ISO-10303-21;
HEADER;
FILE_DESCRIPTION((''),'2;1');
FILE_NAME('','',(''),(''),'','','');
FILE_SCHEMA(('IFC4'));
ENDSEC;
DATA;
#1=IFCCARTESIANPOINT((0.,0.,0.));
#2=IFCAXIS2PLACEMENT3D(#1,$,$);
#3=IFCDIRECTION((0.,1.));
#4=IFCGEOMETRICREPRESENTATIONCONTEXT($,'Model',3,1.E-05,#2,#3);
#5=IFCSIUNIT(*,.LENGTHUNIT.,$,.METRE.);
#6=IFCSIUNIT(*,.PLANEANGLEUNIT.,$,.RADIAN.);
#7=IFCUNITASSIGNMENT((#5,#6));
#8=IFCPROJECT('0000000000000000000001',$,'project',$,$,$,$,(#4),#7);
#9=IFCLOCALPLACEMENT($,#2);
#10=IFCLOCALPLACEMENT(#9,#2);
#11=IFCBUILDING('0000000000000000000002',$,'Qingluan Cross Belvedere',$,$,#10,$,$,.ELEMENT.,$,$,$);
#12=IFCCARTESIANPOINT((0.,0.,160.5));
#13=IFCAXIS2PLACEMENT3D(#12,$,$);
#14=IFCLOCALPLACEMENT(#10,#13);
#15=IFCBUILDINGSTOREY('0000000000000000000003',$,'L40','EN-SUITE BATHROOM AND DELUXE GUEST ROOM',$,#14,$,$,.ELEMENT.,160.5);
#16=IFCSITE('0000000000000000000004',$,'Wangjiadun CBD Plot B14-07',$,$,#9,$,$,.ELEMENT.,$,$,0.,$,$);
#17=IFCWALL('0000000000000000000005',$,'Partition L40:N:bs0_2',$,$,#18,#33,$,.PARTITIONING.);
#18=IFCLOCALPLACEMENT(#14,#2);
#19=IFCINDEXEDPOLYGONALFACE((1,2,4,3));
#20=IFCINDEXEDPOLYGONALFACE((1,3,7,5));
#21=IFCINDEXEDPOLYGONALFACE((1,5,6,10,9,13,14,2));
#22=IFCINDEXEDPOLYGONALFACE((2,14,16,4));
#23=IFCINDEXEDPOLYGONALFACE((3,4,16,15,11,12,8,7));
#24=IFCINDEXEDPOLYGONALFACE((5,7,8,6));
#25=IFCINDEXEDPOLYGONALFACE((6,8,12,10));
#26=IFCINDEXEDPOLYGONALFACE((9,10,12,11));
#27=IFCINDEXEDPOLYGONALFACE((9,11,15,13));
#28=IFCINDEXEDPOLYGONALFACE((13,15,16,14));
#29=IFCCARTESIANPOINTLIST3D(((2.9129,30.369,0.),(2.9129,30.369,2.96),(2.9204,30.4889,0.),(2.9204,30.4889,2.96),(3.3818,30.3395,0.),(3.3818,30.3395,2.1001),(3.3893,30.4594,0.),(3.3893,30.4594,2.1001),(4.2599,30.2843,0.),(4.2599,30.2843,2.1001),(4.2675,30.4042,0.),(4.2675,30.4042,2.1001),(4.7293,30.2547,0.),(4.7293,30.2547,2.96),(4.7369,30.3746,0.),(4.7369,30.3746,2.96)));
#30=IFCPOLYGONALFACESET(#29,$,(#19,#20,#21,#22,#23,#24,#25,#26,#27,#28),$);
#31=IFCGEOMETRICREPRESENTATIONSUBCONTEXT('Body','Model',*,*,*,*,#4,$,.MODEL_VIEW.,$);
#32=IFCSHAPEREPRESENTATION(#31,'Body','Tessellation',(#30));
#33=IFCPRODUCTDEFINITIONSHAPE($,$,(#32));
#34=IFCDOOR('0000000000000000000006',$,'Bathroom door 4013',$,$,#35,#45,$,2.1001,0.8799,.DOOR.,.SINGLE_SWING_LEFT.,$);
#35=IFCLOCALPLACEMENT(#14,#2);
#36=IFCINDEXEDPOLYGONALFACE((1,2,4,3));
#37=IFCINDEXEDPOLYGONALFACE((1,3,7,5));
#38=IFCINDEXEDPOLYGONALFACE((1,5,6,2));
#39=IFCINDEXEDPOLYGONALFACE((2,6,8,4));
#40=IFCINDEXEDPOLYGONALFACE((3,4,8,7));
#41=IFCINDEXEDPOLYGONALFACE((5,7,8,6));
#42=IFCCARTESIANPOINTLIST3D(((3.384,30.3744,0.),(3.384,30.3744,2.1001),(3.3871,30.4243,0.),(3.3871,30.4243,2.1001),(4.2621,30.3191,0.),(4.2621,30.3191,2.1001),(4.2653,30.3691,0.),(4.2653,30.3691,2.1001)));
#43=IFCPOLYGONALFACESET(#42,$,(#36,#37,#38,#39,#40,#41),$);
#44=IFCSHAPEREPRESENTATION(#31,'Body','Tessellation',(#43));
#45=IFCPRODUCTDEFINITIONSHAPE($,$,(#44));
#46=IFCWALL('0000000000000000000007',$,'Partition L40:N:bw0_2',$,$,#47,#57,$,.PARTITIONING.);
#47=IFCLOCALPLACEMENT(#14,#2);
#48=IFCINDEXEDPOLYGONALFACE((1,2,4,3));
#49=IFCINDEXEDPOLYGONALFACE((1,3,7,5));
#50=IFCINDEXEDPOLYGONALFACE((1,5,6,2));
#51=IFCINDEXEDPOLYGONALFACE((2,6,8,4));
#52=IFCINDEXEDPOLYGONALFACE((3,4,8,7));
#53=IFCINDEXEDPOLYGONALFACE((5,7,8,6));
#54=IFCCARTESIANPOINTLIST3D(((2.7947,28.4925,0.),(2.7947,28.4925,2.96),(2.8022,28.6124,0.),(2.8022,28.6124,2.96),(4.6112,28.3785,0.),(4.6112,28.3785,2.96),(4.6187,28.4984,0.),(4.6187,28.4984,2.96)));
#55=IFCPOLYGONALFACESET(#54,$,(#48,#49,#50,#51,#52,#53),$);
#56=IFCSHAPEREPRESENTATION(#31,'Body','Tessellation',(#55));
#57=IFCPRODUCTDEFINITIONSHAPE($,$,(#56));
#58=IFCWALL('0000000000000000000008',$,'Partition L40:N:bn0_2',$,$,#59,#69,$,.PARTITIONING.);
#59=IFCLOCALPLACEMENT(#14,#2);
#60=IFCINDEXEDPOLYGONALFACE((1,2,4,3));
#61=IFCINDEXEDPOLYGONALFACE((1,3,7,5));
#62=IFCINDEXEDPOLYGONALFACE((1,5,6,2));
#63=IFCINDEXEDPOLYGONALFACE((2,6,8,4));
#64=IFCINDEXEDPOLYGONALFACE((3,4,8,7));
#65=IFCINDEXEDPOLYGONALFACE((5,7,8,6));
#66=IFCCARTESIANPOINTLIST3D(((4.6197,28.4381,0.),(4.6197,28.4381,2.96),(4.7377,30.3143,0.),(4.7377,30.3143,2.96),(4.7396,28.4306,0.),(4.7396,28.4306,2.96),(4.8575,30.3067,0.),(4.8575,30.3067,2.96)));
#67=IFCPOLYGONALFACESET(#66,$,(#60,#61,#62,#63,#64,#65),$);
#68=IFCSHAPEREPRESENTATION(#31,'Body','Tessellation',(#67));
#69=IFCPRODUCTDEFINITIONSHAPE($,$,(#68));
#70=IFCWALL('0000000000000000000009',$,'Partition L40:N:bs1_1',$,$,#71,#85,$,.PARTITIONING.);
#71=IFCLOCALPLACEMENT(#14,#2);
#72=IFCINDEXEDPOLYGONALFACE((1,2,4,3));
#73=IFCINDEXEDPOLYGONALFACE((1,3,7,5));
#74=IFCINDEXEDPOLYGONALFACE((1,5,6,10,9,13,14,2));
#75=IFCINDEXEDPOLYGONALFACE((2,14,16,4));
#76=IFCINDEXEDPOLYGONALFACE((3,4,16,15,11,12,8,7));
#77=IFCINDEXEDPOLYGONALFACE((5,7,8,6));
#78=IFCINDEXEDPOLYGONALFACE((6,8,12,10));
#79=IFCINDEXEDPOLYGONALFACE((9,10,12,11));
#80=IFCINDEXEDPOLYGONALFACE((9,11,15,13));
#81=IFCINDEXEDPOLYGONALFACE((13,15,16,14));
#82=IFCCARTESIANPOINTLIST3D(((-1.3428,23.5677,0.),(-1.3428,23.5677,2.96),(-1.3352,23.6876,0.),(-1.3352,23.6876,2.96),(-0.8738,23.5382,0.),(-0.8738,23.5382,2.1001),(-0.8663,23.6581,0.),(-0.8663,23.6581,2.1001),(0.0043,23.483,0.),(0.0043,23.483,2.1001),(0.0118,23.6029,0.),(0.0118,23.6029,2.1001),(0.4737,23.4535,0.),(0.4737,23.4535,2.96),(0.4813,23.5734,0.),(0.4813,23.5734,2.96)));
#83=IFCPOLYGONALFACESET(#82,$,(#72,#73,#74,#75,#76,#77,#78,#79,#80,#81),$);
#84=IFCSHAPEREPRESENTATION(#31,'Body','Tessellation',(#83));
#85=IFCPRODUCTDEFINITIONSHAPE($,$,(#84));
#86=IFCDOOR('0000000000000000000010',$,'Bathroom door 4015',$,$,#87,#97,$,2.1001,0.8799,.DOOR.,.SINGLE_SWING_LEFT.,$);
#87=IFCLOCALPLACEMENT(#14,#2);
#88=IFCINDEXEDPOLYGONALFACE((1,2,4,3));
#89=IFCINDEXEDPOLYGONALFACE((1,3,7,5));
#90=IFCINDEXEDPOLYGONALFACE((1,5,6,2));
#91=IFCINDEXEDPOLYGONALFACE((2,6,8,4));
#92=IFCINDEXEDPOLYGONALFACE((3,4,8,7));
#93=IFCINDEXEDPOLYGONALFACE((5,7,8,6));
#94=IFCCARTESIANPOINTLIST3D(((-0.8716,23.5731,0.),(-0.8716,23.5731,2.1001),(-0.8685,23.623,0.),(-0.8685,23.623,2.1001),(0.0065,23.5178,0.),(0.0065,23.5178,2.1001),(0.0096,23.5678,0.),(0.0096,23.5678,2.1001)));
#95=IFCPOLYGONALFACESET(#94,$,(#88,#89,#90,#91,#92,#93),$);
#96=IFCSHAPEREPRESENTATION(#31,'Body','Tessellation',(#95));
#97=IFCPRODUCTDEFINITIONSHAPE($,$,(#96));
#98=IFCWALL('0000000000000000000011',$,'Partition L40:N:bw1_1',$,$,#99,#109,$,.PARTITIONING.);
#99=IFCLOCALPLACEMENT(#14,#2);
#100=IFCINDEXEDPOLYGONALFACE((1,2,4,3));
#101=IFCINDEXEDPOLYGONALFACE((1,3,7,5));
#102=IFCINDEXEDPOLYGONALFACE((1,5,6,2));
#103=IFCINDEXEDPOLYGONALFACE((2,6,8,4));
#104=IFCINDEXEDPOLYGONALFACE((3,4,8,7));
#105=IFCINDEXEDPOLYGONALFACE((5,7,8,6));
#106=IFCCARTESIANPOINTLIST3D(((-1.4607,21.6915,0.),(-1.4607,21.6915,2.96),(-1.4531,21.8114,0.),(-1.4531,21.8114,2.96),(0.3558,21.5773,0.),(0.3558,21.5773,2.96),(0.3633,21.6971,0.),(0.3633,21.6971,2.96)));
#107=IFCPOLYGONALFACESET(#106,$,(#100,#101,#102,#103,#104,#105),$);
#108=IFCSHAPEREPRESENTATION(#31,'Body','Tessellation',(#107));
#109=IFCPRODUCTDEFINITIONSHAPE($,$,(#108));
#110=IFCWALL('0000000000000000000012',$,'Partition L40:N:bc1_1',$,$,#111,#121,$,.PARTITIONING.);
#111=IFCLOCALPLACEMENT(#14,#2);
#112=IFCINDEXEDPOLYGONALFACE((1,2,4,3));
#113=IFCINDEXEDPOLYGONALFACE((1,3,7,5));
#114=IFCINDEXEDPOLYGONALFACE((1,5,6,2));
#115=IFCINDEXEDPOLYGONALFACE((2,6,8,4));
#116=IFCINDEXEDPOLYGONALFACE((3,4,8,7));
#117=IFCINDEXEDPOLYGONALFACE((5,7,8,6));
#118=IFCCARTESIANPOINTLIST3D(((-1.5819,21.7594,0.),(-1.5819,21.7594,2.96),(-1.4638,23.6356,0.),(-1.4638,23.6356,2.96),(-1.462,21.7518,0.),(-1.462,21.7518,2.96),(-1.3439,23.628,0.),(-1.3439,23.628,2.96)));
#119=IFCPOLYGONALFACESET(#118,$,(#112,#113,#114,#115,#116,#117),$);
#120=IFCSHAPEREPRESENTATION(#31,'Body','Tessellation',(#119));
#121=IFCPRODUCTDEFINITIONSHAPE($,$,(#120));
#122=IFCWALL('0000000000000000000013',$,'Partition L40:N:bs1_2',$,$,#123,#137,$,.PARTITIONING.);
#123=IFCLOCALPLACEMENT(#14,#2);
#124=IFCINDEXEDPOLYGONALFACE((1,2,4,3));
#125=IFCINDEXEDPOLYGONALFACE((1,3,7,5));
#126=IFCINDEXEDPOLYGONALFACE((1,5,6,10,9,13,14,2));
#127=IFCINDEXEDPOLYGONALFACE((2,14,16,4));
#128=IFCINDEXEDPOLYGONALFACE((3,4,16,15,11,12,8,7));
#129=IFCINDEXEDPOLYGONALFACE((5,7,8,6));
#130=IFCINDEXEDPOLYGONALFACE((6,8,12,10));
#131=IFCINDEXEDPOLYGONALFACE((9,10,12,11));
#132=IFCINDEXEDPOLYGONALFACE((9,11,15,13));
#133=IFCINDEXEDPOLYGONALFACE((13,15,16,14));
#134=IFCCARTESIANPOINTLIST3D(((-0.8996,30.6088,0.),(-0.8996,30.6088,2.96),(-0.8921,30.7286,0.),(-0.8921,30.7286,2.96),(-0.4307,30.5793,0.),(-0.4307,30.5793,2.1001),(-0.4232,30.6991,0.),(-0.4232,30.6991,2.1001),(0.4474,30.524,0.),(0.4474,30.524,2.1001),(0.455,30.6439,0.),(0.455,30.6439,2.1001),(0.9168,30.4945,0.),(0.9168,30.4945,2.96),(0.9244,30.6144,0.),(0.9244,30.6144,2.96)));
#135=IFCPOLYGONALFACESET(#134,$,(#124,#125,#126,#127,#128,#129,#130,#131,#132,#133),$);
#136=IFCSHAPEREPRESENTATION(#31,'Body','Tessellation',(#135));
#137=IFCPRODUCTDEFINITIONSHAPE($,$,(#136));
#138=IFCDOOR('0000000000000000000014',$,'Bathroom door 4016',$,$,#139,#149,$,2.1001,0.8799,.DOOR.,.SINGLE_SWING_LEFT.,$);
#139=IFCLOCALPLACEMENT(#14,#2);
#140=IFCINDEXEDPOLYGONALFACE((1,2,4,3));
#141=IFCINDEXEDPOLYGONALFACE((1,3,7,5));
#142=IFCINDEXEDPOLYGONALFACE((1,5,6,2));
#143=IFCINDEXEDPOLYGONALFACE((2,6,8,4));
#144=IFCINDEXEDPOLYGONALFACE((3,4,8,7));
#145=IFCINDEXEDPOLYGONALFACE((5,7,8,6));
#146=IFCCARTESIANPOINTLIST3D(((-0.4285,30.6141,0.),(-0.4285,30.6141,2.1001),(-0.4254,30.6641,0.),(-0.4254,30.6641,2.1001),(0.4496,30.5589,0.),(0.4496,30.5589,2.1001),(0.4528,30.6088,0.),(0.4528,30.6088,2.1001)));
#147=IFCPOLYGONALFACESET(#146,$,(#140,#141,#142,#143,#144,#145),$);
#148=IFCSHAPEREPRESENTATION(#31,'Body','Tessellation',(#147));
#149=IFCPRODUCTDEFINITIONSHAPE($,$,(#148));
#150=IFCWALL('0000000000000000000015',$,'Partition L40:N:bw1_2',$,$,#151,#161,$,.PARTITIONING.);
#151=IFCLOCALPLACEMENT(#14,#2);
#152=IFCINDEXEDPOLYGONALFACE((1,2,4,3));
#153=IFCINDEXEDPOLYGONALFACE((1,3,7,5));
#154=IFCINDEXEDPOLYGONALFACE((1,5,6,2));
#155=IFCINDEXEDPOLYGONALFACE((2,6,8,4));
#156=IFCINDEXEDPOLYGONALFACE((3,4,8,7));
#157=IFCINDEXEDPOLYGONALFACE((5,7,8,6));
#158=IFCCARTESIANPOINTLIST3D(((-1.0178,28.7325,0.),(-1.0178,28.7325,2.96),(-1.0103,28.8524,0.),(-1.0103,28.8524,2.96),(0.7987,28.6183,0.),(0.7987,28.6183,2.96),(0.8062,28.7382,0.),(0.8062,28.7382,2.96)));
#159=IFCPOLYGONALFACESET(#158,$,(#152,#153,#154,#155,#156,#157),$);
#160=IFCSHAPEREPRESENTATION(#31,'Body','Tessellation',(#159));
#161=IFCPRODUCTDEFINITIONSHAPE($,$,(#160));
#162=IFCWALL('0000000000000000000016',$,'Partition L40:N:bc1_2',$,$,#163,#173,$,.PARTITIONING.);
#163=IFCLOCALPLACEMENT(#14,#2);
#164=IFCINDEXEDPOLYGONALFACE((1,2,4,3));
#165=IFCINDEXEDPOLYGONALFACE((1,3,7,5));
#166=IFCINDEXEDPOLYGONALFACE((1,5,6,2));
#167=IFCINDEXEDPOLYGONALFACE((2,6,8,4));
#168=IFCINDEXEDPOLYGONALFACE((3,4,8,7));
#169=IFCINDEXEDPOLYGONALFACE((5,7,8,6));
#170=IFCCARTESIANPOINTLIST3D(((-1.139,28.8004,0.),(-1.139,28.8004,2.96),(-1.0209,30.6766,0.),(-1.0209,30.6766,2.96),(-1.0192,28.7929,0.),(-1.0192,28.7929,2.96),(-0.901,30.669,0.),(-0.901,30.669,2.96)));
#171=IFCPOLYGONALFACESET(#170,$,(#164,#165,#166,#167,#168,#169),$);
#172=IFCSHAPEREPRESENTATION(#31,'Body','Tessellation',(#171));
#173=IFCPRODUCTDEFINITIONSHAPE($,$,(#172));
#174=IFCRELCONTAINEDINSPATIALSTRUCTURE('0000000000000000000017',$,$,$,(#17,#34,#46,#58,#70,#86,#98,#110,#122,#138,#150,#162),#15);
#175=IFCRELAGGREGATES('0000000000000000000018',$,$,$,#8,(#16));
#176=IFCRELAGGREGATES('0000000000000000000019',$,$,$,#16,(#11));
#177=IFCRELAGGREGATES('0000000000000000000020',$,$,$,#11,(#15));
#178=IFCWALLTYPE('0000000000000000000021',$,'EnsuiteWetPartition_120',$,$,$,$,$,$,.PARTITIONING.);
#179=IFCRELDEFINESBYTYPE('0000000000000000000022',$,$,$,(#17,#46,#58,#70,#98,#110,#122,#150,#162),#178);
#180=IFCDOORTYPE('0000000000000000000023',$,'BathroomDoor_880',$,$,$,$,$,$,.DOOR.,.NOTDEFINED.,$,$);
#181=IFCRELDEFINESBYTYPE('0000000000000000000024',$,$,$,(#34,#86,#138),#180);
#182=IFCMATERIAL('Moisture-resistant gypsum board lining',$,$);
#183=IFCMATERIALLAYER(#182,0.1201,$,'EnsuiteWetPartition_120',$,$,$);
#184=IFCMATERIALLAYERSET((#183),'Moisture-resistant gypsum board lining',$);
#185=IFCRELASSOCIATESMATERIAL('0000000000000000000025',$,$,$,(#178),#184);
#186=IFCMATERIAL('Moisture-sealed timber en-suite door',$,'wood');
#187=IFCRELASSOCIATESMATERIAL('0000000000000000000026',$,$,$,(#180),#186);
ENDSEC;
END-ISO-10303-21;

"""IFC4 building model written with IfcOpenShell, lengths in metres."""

from ifc_helpers import new_model, si_unit, direction, frame, frame_2d, origin, place, context, subcontext, project, spatial, rectangle, extrude, material, layer, layer_set, type_object, element, fill, save


model = new_model("IFC4")

# Units and contexts
model_context = context("Model", 3, precision=1e-05, world=origin(), true_north=direction((0.0, 1.0)))
body_context = subcontext(model_context, "Body", "Model", "MODEL_VIEW")
ifc_project = project(units=[si_unit("LENGTHUNIT", "METRE"), si_unit("PLANEANGLEUNIT", "RADIAN")], contexts=[model_context])

# Site, building, storey
site_placement = place(None, origin())
site = spatial("IfcSite", under=ifc_project, at=site_placement, Name="Wangjiadun CBD Plot B14-07", CompositionType="ELEMENT", RefElevation=0.0)
building_placement = place(site_placement, origin())
building = spatial("IfcBuilding", under=site, at=building_placement, Name="Qingluan Cross Belvedere", CompositionType="ELEMENT")
storey_placement = place(building_placement, frame((0.0, 0.0, 160.5)))
storey = spatial("IfcBuildingStorey", under=building, at=storey_placement, Name="L40", Description="EN-SUITE BATHROOM AND DELUXE GUEST ROOM", CompositionType="ELEMENT", Elevation=160.5)

# Shared definitions
ifc_material_1 = material(Name="Moisture-resistant gypsum board lining")
ifc_layer_1 = layer(ifc_material_1, 0.1201, Name="EnsuiteWetPartition_120")
ifc_layer_set_1 = layer_set([ifc_layer_1], Name="Moisture-resistant gypsum board lining")
wall_type_1 = type_object("IfcWallType", Name="EnsuiteWetPartition_120", PredefinedType="PARTITIONING", material=ifc_layer_set_1)
ifc_material_2 = material(Name="Moisture-sealed timber en-suite door", Category="wood")
door_type = type_object("IfcDoorType", Name="BathroomDoor_880", OperationType="NOTDEFINED", PredefinedType="DOOR", material=ifc_material_2)

# Wall, opening, door
wall_1_placement = place(storey_placement, frame((2.9165, 30.429, 0.0), z_axis=(0.0, 0.0, 1.0), x_axis=(0.998027, -0.062779, 0.0)))
wall_1 = element("IfcWall", 1, at=wall_1_placement, inside=storey, type_object=wall_type_1, Name="Partition L40:N:bs0_2", PredefinedType="PARTITIONING", context=body_context, shape_type="SweptSolid", body=[
    extrude(rectangle(XDim=1.8201, YDim=0.1201, at=frame_2d((0.9102, 0.0))), origin(), (0.0, 0.0, 1.0), 2.96),
])
opening_1_placement = place(wall_1_placement, frame((0.47, 0.0, 0.0)))
opening_1 = element("IfcOpeningElement", 2, at=opening_1_placement, cuts=wall_1, PredefinedType="OPENING", context=body_context, shape_type="SweptSolid", body=[
    extrude(rectangle(XDim=0.8799, YDim=2.1001, at=frame_2d((0.4399, 1.05))), frame((0.0, 0.0701, 0.0), z_axis=(0.0, -1.0, 0.0), x_axis=(1.0, 0.0, 0.0)), (0.0, 0.0, 1.0), 0.1401),
])
door_1_placement = place(opening_1_placement, origin())
door_1 = element("IfcDoor", 3, at=door_1_placement, inside=storey, type_object=door_type, Name="Bathroom door 4013", OperationType="SINGLE_SWING_LEFT", OverallHeight=2.1001, OverallWidth=0.8799, PredefinedType="DOOR", context=body_context, shape_type="SweptSolid", body=[
    extrude(rectangle(XDim=0.8799, YDim=2.1001, at=frame_2d((0.4399, 1.05))), frame((0.0, 0.0249, 0.0), z_axis=(0.0, -1.0, 0.0), x_axis=(1.0, 0.0, 0.0)), (0.0, 0.0, 1.0), 0.05),
])
fill(opening_1, door_1)

# Walls
wall_2_placement = place(storey_placement, frame((2.7983, 28.5525, 0.0), z_axis=(0.0, 0.0, 1.0), x_axis=(0.998036, -0.062646, 0.0)))
element("IfcWall", 4, at=wall_2_placement, inside=storey, type_object=wall_type_1, Name="Partition L40:N:bw0_2", PredefinedType="PARTITIONING", context=body_context, shape_type="SweptSolid", body=[
    extrude(rectangle(XDim=1.8201, YDim=0.1201, at=frame_2d((0.9102, 0.0))), origin(), (0.0, 0.0, 1.0), 2.96),
])
wall_3_placement = place(storey_placement, frame((4.6797, 28.4343, 0.0), z_axis=(0.0, 0.0, 1.0), x_axis=(0.062726, 0.998031, 0.0)))
element("IfcWall", 5, at=wall_3_placement, inside=storey, type_object=wall_type_1, Name="Partition L40:N:bn0_2", PredefinedType="PARTITIONING", context=body_context, shape_type="SweptSolid", body=[
    extrude(rectangle(XDim=1.8799, YDim=0.1201, at=frame_2d((0.9399, 0.0))), origin(), (0.0, 0.0, 1.0), 2.96),
])

# Wall, opening, door
wall_4_placement = place(storey_placement, frame((-1.3391, 23.6277, 0.0), z_axis=(0.0, 0.0, 1.0), x_axis=(0.998027, -0.062779, 0.0)))
wall_4 = element("IfcWall", 6, at=wall_4_placement, inside=storey, type_object=wall_type_1, Name="Partition L40:N:bs1_1", PredefinedType="PARTITIONING", context=body_context, shape_type="SweptSolid", body=[
    extrude(rectangle(XDim=1.8201, YDim=0.1201, at=frame_2d((0.9102, 0.0))), origin(), (0.0, 0.0, 1.0), 2.96),
])
opening_2_placement = place(wall_4_placement, frame((0.47, 0.0, 0.0)))
opening_2 = element("IfcOpeningElement", 7, at=opening_2_placement, cuts=wall_4, PredefinedType="OPENING", context=body_context, shape_type="SweptSolid", body=[
    extrude(rectangle(XDim=0.8799, YDim=2.1001, at=frame_2d((0.4399, 1.05))), frame((0.0, 0.0701, 0.0), z_axis=(0.0, -1.0, 0.0), x_axis=(1.0, 0.0, 0.0)), (0.0, 0.0, 1.0), 0.1401),
])
door_2_placement = place(opening_2_placement, origin())
door_2 = element("IfcDoor", 8, at=door_2_placement, inside=storey, type_object=door_type, Name="Bathroom door 4015", OperationType="SINGLE_SWING_LEFT", OverallHeight=2.1001, OverallWidth=0.8799, PredefinedType="DOOR", context=body_context, shape_type="SweptSolid", body=[
    extrude(rectangle(XDim=0.8799, YDim=2.1001, at=frame_2d((0.4399, 1.05))), frame((0.0, 0.0249, 0.0), z_axis=(0.0, -1.0, 0.0), x_axis=(1.0, 0.0, 0.0)), (0.0, 0.0, 1.0), 0.05),
])
fill(opening_2, door_2)

# Walls
wall_5_placement = place(storey_placement, frame((-1.457, 21.7515, 0.0), z_axis=(0.0, 0.0, 1.0), x_axis=(0.998027, -0.062779, 0.0)))
element("IfcWall", 9, at=wall_5_placement, inside=storey, type_object=wall_type_1, Name="Partition L40:N:bw1_1", PredefinedType="PARTITIONING", context=body_context, shape_type="SweptSolid", body=[
    extrude(rectangle(XDim=1.8201, YDim=0.1201, at=frame_2d((0.9102, 0.0))), origin(), (0.0, 0.0, 1.0), 2.96),
])
wall_6_placement = place(storey_placement, frame((-1.522, 21.7556, 0.0), z_axis=(0.0, 0.0, 1.0), x_axis=(0.062855, 0.998023, 0.0)))
element("IfcWall", 10, at=wall_6_placement, inside=storey, type_object=wall_type_1, Name="Partition L40:N:bc1_1", PredefinedType="PARTITIONING", context=body_context, shape_type="SweptSolid", body=[
    extrude(rectangle(XDim=1.8799, YDim=0.1201, at=frame_2d((0.9399, 0.0))), origin(), (0.0, 0.0, 1.0), 2.96),
])

# Wall, opening, door
wall_7_placement = place(storey_placement, frame((-0.896, 30.6687, 0.0), z_axis=(0.0, 0.0, 1.0), x_axis=(0.998027, -0.062779, 0.0)))
wall_7 = element("IfcWall", 11, at=wall_7_placement, inside=storey, type_object=wall_type_1, Name="Partition L40:N:bs1_2", PredefinedType="PARTITIONING", context=body_context, shape_type="SweptSolid", body=[
    extrude(rectangle(XDim=1.8201, YDim=0.1201, at=frame_2d((0.9102, 0.0))), origin(), (0.0, 0.0, 1.0), 2.96),
])
opening_3_placement = place(wall_7_placement, frame((0.47, 0.0, 0.0)))
opening_3 = element("IfcOpeningElement", 12, at=opening_3_placement, cuts=wall_7, PredefinedType="OPENING", context=body_context, shape_type="SweptSolid", body=[
    extrude(rectangle(XDim=0.8799, YDim=2.1001, at=frame_2d((0.4399, 1.05))), frame((0.0, 0.0701, 0.0), z_axis=(0.0, -1.0, 0.0), x_axis=(1.0, 0.0, 0.0)), (0.0, 0.0, 1.0), 0.1401),
])
door_3_placement = place(opening_3_placement, origin())
door_3 = element("IfcDoor", 13, at=door_3_placement, inside=storey, type_object=door_type, Name="Bathroom door 4016", OperationType="SINGLE_SWING_LEFT", OverallHeight=2.1001, OverallWidth=0.8799, PredefinedType="DOOR", context=body_context, shape_type="SweptSolid", body=[
    extrude(rectangle(XDim=0.8799, YDim=2.1001, at=frame_2d((0.4399, 1.05))), frame((0.0, 0.0249, 0.0), z_axis=(0.0, -1.0, 0.0), x_axis=(1.0, 0.0, 0.0)), (0.0, 0.0, 1.0), 0.05),
])
fill(opening_3, door_3)

# Walls
wall_8_placement = place(storey_placement, frame((-1.0142, 28.7925, 0.0), z_axis=(0.0, 0.0, 1.0), x_axis=(0.998027, -0.062779, 0.0)))
element("IfcWall", 14, at=wall_8_placement, inside=storey, type_object=wall_type_1, Name="Partition L40:N:bw1_2", PredefinedType="PARTITIONING", context=body_context, shape_type="SweptSolid", body=[
    extrude(rectangle(XDim=1.8201, YDim=0.1201, at=frame_2d((0.9102, 0.0))), origin(), (0.0, 0.0, 1.0), 2.96),
])
wall_9_placement = place(storey_placement, frame((-1.0791, 28.7966, 0.0), z_axis=(0.0, 0.0, 1.0), x_axis=(0.062855, 0.998023, 0.0)))
element("IfcWall", 15, at=wall_9_placement, inside=storey, type_object=wall_type_1, Name="Partition L40:N:bc1_2", PredefinedType="PARTITIONING", context=body_context, shape_type="SweptSolid", body=[
    extrude(rectangle(XDim=1.8799, YDim=0.1201, at=frame_2d((0.9399, 0.0))), origin(), (0.0, 0.0, 1.0), 2.96),
])

save(model, "model.ifc")
